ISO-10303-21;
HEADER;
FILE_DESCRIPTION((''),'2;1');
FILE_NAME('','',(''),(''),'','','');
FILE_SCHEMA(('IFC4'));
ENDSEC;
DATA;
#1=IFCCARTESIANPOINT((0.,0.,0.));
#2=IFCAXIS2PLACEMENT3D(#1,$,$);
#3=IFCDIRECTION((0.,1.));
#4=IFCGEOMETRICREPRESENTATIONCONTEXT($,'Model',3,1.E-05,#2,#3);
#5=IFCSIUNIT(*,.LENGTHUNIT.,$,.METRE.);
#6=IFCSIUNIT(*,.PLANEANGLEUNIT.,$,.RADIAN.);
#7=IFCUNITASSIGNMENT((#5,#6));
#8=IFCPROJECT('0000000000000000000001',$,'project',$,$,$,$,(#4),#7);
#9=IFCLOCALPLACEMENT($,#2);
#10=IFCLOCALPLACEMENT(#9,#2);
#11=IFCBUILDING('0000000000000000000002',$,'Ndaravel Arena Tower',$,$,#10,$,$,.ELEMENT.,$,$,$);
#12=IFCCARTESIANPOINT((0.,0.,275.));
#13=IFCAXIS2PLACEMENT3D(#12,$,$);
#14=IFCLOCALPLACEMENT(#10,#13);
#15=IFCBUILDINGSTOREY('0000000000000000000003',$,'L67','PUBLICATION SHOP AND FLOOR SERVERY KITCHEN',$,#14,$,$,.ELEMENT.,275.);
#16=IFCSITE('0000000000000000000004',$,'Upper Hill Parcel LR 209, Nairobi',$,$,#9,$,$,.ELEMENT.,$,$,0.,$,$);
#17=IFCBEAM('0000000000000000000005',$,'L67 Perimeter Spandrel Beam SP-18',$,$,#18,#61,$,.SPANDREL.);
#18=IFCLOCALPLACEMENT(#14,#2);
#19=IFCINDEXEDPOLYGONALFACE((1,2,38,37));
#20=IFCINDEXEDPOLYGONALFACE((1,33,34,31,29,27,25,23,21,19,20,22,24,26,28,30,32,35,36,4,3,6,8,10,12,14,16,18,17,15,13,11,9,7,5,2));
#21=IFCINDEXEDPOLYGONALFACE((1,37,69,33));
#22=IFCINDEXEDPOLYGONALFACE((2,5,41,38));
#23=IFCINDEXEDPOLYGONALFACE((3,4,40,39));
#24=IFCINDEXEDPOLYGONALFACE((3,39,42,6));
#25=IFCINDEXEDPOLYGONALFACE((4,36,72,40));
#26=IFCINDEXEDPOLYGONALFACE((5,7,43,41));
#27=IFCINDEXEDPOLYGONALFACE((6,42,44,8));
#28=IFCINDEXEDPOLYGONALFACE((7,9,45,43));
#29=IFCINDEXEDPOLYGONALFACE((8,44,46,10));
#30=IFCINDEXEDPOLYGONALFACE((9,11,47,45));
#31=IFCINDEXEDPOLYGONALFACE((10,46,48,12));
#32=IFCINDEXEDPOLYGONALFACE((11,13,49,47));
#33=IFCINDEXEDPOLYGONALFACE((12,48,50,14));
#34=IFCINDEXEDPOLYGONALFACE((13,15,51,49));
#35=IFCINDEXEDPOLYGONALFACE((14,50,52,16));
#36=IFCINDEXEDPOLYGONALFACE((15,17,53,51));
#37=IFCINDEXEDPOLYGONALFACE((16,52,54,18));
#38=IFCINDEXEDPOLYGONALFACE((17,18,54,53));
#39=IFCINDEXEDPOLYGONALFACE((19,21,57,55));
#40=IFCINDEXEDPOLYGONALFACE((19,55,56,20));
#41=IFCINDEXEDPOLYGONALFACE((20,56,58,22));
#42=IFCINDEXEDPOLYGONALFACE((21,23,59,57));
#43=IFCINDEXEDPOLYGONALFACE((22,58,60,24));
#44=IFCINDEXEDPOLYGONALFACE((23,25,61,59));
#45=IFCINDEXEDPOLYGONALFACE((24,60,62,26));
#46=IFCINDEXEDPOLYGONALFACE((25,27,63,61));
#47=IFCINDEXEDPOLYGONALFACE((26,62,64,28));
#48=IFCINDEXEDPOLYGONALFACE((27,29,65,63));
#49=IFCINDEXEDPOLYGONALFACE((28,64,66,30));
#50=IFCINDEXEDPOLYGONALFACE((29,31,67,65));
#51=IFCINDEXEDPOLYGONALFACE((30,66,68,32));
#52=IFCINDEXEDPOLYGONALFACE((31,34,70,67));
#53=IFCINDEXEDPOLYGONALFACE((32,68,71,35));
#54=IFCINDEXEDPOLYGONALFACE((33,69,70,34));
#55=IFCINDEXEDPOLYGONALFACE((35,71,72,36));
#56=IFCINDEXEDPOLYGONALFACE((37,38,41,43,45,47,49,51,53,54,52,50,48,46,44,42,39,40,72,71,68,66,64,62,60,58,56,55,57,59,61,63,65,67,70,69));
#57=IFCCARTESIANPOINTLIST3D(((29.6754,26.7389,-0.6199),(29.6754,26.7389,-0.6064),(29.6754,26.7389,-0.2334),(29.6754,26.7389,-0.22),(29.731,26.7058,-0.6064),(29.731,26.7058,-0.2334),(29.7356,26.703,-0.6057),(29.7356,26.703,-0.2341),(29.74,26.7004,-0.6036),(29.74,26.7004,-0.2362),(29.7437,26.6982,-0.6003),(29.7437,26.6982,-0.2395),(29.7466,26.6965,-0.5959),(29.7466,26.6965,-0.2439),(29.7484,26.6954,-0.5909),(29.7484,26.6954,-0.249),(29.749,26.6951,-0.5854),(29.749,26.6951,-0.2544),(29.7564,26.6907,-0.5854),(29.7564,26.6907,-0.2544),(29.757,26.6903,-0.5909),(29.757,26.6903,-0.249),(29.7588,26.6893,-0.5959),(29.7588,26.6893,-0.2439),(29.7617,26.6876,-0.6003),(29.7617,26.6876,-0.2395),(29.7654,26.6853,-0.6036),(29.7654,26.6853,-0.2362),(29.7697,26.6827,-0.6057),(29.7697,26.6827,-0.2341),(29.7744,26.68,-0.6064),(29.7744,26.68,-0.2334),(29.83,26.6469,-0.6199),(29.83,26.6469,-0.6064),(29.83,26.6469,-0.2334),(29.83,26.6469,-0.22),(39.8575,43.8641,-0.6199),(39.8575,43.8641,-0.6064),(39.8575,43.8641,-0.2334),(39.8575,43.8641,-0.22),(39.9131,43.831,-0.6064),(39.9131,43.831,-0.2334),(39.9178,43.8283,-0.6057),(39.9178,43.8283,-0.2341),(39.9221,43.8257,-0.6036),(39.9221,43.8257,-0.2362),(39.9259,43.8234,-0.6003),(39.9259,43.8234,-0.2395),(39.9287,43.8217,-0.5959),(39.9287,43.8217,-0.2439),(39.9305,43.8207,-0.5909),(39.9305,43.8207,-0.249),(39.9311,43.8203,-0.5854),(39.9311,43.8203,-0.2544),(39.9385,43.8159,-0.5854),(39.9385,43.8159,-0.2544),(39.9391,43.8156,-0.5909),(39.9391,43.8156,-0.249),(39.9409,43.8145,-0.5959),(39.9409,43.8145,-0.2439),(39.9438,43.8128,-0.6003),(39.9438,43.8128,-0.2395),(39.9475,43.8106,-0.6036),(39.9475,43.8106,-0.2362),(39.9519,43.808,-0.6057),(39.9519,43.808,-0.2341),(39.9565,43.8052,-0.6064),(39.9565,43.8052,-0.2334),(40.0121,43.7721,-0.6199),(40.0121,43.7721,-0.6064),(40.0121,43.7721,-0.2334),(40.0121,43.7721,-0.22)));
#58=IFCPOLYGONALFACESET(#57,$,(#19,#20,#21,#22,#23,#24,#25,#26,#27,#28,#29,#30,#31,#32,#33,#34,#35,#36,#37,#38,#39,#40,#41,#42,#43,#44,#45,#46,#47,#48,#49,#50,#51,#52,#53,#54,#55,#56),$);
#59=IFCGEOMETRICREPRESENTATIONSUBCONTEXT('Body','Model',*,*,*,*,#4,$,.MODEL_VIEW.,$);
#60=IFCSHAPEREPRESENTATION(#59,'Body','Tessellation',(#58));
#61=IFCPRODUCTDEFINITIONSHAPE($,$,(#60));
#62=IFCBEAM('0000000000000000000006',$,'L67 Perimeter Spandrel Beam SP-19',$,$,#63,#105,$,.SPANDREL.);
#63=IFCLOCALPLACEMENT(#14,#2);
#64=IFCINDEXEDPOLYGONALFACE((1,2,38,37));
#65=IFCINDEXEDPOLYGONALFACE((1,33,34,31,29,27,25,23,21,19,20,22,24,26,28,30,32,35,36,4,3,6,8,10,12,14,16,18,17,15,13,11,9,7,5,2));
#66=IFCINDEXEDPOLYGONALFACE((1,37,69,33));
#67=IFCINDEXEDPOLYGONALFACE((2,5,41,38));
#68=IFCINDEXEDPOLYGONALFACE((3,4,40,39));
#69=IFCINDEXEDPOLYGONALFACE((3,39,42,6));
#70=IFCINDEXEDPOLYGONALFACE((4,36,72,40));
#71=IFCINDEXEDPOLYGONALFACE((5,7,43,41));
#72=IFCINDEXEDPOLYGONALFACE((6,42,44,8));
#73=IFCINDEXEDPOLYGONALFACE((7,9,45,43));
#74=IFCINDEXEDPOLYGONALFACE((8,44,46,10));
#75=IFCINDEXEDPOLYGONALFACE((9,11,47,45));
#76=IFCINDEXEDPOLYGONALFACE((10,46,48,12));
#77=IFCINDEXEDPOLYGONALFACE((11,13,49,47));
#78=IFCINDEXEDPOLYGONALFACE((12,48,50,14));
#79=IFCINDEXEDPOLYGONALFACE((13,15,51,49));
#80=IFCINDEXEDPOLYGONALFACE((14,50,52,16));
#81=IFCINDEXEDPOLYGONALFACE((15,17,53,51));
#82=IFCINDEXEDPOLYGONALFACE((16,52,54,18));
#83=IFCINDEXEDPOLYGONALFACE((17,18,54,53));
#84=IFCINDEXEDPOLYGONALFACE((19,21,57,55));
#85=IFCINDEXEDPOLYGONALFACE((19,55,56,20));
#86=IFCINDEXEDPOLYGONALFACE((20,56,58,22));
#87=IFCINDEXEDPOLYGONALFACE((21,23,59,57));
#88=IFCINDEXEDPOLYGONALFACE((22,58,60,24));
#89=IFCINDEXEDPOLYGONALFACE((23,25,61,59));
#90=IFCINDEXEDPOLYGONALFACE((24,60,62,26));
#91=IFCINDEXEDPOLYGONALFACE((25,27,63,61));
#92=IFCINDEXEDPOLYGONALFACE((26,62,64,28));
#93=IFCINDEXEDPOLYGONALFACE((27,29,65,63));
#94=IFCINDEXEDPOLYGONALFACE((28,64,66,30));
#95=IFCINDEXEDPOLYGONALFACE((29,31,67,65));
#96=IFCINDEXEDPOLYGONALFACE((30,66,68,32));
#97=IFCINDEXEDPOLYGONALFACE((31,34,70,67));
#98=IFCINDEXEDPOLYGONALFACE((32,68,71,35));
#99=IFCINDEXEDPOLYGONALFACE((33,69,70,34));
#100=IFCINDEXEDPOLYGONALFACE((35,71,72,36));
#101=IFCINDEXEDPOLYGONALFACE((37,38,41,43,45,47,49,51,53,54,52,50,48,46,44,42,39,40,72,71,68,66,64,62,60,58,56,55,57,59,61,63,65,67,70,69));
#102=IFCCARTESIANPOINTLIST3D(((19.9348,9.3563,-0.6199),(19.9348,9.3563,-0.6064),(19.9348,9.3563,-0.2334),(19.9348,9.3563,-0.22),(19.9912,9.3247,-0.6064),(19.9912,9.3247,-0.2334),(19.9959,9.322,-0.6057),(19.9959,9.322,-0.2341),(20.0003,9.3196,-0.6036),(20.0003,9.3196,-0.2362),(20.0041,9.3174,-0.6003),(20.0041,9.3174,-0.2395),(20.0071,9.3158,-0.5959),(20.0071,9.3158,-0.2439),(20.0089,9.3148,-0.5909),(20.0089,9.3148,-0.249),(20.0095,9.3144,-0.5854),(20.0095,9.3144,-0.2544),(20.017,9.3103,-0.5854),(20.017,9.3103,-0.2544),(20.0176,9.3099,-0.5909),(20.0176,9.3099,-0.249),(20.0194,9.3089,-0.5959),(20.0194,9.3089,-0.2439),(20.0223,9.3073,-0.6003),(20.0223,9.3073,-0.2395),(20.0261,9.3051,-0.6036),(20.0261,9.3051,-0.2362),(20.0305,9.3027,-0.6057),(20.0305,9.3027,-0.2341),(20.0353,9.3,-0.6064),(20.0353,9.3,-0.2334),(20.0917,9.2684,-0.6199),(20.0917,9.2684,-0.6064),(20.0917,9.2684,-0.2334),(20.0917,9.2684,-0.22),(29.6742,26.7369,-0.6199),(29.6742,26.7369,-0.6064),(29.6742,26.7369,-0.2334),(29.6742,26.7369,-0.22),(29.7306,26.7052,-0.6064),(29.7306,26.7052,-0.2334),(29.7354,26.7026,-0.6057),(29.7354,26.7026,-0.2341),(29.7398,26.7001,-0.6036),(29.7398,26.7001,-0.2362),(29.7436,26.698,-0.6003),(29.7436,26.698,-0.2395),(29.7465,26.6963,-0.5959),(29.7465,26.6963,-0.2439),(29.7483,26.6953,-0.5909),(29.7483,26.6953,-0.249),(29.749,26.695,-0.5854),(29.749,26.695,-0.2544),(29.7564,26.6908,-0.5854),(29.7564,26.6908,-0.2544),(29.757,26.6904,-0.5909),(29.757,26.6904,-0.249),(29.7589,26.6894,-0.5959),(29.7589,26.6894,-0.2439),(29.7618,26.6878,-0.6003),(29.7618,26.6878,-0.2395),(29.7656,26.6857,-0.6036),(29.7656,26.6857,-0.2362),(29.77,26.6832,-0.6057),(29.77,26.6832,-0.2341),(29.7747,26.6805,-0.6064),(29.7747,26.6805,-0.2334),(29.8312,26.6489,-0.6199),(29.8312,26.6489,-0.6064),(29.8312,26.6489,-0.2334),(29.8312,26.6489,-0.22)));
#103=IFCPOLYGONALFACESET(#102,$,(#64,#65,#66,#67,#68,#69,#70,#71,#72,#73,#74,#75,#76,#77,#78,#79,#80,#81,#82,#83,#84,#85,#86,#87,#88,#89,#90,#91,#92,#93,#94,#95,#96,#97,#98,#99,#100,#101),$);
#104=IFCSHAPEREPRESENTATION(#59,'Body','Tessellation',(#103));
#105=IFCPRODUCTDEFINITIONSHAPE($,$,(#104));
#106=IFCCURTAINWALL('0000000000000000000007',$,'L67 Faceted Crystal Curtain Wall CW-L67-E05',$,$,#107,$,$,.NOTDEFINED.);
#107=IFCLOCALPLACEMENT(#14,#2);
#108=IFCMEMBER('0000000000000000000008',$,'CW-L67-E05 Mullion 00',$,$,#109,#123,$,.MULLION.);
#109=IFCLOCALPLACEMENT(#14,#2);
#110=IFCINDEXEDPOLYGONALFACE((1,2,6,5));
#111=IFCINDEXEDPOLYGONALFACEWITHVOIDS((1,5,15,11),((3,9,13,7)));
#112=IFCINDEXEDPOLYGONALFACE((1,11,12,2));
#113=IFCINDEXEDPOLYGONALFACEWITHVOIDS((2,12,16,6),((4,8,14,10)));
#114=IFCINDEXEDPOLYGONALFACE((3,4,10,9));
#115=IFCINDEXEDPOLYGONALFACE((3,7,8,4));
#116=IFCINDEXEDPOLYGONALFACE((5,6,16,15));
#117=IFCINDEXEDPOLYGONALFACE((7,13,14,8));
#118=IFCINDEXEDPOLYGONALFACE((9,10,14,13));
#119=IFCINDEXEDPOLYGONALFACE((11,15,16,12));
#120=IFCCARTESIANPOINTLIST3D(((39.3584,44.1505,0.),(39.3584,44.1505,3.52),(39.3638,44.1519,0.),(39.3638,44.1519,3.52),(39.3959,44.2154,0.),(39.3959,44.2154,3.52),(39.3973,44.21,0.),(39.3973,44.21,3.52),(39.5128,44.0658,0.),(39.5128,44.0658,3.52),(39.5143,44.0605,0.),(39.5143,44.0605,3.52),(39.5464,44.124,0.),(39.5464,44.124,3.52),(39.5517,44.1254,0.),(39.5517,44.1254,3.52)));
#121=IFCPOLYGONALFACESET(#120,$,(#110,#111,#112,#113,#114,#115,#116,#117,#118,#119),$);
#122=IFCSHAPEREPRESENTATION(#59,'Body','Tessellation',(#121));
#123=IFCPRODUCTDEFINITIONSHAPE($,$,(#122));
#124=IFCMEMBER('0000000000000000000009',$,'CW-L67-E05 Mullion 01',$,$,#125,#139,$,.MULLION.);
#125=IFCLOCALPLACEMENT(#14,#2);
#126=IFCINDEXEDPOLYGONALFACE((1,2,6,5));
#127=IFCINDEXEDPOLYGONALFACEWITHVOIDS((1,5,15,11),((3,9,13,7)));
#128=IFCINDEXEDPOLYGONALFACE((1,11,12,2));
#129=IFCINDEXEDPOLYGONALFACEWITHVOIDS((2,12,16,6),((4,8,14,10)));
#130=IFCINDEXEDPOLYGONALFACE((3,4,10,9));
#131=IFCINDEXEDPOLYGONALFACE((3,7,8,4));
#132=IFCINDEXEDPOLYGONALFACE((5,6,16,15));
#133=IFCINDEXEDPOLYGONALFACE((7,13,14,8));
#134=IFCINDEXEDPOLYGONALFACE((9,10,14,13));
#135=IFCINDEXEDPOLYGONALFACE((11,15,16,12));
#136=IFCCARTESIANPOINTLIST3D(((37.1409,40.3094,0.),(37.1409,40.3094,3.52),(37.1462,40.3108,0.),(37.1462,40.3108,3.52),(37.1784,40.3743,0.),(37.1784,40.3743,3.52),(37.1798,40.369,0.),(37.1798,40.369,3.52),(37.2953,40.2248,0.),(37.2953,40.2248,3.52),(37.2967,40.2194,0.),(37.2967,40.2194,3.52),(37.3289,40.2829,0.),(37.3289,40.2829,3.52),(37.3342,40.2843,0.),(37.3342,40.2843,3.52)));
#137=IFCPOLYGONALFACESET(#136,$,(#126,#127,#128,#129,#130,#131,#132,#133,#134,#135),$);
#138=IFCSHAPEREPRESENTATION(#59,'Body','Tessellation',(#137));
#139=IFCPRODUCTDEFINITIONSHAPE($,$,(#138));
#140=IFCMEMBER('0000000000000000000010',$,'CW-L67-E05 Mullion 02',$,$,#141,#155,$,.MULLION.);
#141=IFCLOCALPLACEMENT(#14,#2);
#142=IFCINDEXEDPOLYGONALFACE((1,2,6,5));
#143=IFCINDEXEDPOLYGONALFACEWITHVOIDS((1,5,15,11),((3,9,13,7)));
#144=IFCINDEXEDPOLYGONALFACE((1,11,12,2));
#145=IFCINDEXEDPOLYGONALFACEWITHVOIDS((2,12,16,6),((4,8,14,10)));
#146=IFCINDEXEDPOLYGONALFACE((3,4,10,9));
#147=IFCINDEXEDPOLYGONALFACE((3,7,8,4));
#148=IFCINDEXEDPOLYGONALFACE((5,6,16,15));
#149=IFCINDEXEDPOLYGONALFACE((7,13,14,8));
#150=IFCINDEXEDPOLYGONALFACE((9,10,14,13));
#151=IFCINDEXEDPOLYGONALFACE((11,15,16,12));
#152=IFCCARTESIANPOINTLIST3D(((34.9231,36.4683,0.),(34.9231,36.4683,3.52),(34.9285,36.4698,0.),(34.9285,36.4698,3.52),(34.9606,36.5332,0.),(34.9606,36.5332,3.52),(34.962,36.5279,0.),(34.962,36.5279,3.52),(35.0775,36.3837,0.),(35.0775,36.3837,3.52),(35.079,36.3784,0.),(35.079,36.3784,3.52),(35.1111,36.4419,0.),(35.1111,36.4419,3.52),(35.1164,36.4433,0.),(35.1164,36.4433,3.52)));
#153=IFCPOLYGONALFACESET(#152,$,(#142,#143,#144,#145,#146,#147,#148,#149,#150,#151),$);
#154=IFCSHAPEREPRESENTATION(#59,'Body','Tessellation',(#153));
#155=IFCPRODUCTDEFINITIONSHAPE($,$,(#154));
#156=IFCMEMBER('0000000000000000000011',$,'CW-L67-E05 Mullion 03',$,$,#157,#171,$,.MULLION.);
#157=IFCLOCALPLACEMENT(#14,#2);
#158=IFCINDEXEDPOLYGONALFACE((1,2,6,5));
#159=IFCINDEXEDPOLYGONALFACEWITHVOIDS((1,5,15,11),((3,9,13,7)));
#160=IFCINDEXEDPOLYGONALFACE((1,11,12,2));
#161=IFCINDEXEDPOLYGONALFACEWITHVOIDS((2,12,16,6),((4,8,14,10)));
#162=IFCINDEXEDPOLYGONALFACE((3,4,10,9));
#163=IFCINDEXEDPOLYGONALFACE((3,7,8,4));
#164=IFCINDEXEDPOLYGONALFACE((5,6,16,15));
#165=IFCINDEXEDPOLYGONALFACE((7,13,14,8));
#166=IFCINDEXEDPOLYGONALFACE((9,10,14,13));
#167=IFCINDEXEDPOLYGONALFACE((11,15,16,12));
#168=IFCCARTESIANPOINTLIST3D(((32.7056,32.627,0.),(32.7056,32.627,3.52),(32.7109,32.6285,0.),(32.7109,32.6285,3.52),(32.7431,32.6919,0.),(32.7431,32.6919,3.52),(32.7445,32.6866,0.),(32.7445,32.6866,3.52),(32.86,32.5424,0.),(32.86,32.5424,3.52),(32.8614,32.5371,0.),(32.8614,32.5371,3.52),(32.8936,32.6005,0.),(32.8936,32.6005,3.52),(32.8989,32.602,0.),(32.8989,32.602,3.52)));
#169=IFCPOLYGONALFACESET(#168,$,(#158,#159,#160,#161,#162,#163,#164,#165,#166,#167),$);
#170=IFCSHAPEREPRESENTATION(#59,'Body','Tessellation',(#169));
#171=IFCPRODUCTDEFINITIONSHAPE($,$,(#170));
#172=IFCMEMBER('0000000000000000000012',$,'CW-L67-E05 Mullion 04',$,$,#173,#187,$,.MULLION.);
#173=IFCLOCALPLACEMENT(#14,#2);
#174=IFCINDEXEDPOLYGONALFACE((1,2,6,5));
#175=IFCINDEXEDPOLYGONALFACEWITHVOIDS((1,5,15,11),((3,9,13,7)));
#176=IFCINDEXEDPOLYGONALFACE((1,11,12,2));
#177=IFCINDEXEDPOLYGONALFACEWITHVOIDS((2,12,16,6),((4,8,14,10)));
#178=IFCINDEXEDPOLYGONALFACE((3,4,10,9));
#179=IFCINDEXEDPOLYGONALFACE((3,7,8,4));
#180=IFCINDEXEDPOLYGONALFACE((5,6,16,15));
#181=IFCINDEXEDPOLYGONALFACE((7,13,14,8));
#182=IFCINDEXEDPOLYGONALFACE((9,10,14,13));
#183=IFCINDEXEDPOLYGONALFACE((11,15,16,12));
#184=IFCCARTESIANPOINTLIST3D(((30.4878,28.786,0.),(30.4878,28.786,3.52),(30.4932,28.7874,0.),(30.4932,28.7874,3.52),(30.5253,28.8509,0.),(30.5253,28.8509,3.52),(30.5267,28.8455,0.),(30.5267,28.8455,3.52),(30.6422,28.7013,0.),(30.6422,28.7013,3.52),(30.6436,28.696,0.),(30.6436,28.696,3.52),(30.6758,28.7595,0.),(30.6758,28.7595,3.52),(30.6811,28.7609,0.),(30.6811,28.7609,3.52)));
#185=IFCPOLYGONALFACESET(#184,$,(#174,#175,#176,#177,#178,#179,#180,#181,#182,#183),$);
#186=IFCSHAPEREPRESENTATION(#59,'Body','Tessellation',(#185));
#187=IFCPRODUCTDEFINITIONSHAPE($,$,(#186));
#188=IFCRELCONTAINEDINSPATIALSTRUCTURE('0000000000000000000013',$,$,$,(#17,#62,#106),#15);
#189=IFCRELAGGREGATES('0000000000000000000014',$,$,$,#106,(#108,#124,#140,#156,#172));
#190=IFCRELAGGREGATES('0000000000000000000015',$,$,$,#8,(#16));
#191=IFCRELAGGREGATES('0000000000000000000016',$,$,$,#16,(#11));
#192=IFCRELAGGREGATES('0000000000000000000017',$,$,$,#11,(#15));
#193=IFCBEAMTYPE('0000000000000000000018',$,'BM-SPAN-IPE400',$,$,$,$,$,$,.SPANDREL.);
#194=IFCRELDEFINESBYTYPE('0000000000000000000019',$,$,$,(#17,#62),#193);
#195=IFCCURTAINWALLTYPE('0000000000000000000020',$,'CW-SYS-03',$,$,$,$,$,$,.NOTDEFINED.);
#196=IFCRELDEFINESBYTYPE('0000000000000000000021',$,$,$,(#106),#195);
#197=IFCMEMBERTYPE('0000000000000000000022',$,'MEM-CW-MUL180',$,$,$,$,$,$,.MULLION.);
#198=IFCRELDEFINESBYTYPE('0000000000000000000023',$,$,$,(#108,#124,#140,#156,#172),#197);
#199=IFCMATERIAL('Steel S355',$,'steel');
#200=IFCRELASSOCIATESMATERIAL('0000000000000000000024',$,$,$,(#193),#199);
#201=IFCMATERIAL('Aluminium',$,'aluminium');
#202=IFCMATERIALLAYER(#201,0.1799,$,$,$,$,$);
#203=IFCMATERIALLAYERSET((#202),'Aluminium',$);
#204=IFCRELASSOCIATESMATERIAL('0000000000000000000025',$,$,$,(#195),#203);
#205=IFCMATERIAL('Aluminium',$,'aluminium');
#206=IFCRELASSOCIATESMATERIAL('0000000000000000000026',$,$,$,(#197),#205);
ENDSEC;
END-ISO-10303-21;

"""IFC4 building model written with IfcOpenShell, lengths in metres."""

from ifc_helpers import new_model, si_unit, direction, frame, origin, origin_2d, place, context, subcontext, project, spatial, hollow_rectangle, i_section, extrude, material, layer, layer_set, material_profile, profile_set, type_object, element, aggregate, save


model = new_model("IFC4")

# Units and contexts
model_context = context("Model", 3, precision=1e-05, world=origin(), true_north=direction((0.0, 1.0)))
body_context = subcontext(model_context, "Body", "Model", "MODEL_VIEW")
ifc_project = project(units=[si_unit("LENGTHUNIT", "METRE"), si_unit("PLANEANGLEUNIT", "RADIAN")], contexts=[model_context])

# Site, building, storey
site_placement = place(None, origin())
site = spatial("IfcSite", under=ifc_project, at=site_placement, Name="Upper Hill Parcel LR 209, Nairobi", CompositionType="ELEMENT", RefElevation=0.0)
building_placement = place(site_placement, origin())
building = spatial("IfcBuilding", under=site, at=building_placement, Name="Ndaravel Arena Tower", CompositionType="ELEMENT")
storey_placement = place(building_placement, frame((0.0, 0.0, 275.0)))
storey = spatial("IfcBuildingStorey", under=building, at=storey_placement, Name="L67", Description="PUBLICATION SHOP AND FLOOR SERVERY KITCHEN", CompositionType="ELEMENT", Elevation=275.0)

# Beams
ifc_material_1 = material(Name="Steel S355", Category="steel")
ifc_material_profile_1 = material_profile(ifc_material_1, i_section(OverallWidth=0.1799, OverallDepth=0.3999, WebThickness=0.0085, FlangeThickness=0.0134, FilletRadius=0.021, at=origin_2d()), Name="IPE 400")
ifc_profile_set_1 = profile_set([ifc_material_profile_1], Name="Steel S355")
beam_type_1 = type_object("IfcBeamType", Name="BM-SPAN-IPE400", PredefinedType="SPANDREL", material=ifc_profile_set_1)
beam_1_placement = place(storey_placement, frame((39.9348, 43.8181, -0.4199), z_axis=(-0.511059, -0.859546, 0.0), x_axis=(0.859546, -0.511059, 0.0)))
element("IfcBeam", 1, at=beam_1_placement, inside=storey, type_object=beam_type_1, Name="L67 Perimeter Spandrel Beam SP-18", PredefinedType="SPANDREL", context=body_context, shape_type="SweptSolid", body=[
    extrude(i_section(OverallWidth=0.1799, OverallDepth=0.3999, WebThickness=0.0085, FlangeThickness=0.0134, FilletRadius=0.021, at=origin_2d()), origin(), (0.0, 0.0, 1.0), 19.9236),
])
beam_2_placement = place(storey_placement, frame((29.7527, 26.6929, -0.4199), z_axis=(-0.488846, -0.87237, 0.0), x_axis=(0.87237, -0.488846, 0.0)))
element("IfcBeam", 2, at=beam_2_placement, inside=storey, type_object=beam_type_1, Name="L67 Perimeter Spandrel Beam SP-19", PredefinedType="SPANDREL", context=body_context, shape_type="SweptSolid", body=[
    extrude(i_section(OverallWidth=0.1799, OverallDepth=0.3999, WebThickness=0.0085, FlangeThickness=0.0134, FilletRadius=0.021, at=origin_2d()), origin(), (0.0, 0.0, 1.0), 19.9233),
])

# Curtain wall, members
ifc_material_2 = material(Name="Aluminium", Category="aluminium")
ifc_layer_1 = layer(ifc_material_2, 0.1799)
ifc_layer_set_1 = layer_set([ifc_layer_1], Name="Aluminium")
curtain_wall_type_1 = type_object("IfcCurtainWallType", Name="CW-SYS-03", PredefinedType="NOTDEFINED", material=ifc_layer_set_1)
curtain_wall_1_placement = place(storey_placement, origin())
curtain_wall_1 = element("IfcCurtainWall", 3, at=curtain_wall_1_placement, inside=storey, type_object=curtain_wall_type_1, Name="L67 Faceted Crystal Curtain Wall CW-L67-E05", PredefinedType="NOTDEFINED")
ifc_material_3 = material(Name="Aluminium", Category="aluminium")
ifc_material_profile_2 = material_profile(ifc_material_3, hollow_rectangle(XDim=0.075, YDim=0.1799, WallThickness=0.0039, at=origin_2d()), Name="CW MULLION 75x180x4")
ifc_profile_set_2 = profile_set([ifc_material_profile_2], Name="Aluminium")
member_type_1 = type_object("IfcMemberType", Name="MEM-CW-MUL180", PredefinedType="MULLION", material=ifc_profile_set_2)
member_1_placement = place(storey_placement, frame((39.4551, 44.1379, 0.0), z_axis=(0.0, 0.0, 1.0), x_axis=(-0.5, -0.866025, 0.0)))
member_1 = element("IfcMember", 4, at=member_1_placement, type_object=member_type_1, Name="CW-L67-E05 Mullion 00", PredefinedType="MULLION", context=body_context, shape_type="SweptSolid", body=[
    extrude(hollow_rectangle(XDim=0.075, YDim=0.1799, WallThickness=0.0039, at=origin_2d()), origin(), (0.0, 0.0, 1.0), 3.52),
])
member_2_placement = place(storey_placement, frame((37.2375, 40.2969, 0.0), z_axis=(0.0, 0.0, 1.0), x_axis=(-0.5, -0.866025, 0.0)))
member_2 = element("IfcMember", 5, at=member_2_placement, type_object=member_type_1, Name="CW-L67-E05 Mullion 01", PredefinedType="MULLION", context=body_context, shape_type="SweptSolid", body=[
    extrude(hollow_rectangle(XDim=0.075, YDim=0.1799, WallThickness=0.0039, at=origin_2d()), origin(), (0.0, 0.0, 1.0), 3.52),
])
member_3_placement = place(storey_placement, frame((35.0198, 36.4558, 0.0), z_axis=(0.0, 0.0, 1.0), x_axis=(-0.5, -0.866025, 0.0)))
member_3 = element("IfcMember", 6, at=member_3_placement, type_object=member_type_1, Name="CW-L67-E05 Mullion 02", PredefinedType="MULLION", context=body_context, shape_type="SweptSolid", body=[
    extrude(hollow_rectangle(XDim=0.075, YDim=0.1799, WallThickness=0.0039, at=origin_2d()), origin(), (0.0, 0.0, 1.0), 3.52),
])
member_4_placement = place(storey_placement, frame((32.8022, 32.6145, 0.0), z_axis=(0.0, 0.0, 1.0), x_axis=(-0.5, -0.866025, 0.0)))
member_4 = element("IfcMember", 7, at=member_4_placement, type_object=member_type_1, Name="CW-L67-E05 Mullion 03", PredefinedType="MULLION", context=body_context, shape_type="SweptSolid", body=[
    extrude(hollow_rectangle(XDim=0.075, YDim=0.1799, WallThickness=0.0039, at=origin_2d()), origin(), (0.0, 0.0, 1.0), 3.52),
])
member_5_placement = place(storey_placement, frame((30.5845, 28.7734, 0.0), z_axis=(0.0, 0.0, 1.0), x_axis=(-0.5, -0.866025, 0.0)))
member_5 = element("IfcMember", 8, at=member_5_placement, type_object=member_type_1, Name="CW-L67-E05 Mullion 04", PredefinedType="MULLION", context=body_context, shape_type="SweptSolid", body=[
    extrude(hollow_rectangle(XDim=0.075, YDim=0.1799, WallThickness=0.0039, at=origin_2d()), origin(), (0.0, 0.0, 1.0), 3.52),
])

aggregate(curtain_wall_1, [member_1, member_2, member_3, member_4, member_5])

save(model, "model.ifc")
